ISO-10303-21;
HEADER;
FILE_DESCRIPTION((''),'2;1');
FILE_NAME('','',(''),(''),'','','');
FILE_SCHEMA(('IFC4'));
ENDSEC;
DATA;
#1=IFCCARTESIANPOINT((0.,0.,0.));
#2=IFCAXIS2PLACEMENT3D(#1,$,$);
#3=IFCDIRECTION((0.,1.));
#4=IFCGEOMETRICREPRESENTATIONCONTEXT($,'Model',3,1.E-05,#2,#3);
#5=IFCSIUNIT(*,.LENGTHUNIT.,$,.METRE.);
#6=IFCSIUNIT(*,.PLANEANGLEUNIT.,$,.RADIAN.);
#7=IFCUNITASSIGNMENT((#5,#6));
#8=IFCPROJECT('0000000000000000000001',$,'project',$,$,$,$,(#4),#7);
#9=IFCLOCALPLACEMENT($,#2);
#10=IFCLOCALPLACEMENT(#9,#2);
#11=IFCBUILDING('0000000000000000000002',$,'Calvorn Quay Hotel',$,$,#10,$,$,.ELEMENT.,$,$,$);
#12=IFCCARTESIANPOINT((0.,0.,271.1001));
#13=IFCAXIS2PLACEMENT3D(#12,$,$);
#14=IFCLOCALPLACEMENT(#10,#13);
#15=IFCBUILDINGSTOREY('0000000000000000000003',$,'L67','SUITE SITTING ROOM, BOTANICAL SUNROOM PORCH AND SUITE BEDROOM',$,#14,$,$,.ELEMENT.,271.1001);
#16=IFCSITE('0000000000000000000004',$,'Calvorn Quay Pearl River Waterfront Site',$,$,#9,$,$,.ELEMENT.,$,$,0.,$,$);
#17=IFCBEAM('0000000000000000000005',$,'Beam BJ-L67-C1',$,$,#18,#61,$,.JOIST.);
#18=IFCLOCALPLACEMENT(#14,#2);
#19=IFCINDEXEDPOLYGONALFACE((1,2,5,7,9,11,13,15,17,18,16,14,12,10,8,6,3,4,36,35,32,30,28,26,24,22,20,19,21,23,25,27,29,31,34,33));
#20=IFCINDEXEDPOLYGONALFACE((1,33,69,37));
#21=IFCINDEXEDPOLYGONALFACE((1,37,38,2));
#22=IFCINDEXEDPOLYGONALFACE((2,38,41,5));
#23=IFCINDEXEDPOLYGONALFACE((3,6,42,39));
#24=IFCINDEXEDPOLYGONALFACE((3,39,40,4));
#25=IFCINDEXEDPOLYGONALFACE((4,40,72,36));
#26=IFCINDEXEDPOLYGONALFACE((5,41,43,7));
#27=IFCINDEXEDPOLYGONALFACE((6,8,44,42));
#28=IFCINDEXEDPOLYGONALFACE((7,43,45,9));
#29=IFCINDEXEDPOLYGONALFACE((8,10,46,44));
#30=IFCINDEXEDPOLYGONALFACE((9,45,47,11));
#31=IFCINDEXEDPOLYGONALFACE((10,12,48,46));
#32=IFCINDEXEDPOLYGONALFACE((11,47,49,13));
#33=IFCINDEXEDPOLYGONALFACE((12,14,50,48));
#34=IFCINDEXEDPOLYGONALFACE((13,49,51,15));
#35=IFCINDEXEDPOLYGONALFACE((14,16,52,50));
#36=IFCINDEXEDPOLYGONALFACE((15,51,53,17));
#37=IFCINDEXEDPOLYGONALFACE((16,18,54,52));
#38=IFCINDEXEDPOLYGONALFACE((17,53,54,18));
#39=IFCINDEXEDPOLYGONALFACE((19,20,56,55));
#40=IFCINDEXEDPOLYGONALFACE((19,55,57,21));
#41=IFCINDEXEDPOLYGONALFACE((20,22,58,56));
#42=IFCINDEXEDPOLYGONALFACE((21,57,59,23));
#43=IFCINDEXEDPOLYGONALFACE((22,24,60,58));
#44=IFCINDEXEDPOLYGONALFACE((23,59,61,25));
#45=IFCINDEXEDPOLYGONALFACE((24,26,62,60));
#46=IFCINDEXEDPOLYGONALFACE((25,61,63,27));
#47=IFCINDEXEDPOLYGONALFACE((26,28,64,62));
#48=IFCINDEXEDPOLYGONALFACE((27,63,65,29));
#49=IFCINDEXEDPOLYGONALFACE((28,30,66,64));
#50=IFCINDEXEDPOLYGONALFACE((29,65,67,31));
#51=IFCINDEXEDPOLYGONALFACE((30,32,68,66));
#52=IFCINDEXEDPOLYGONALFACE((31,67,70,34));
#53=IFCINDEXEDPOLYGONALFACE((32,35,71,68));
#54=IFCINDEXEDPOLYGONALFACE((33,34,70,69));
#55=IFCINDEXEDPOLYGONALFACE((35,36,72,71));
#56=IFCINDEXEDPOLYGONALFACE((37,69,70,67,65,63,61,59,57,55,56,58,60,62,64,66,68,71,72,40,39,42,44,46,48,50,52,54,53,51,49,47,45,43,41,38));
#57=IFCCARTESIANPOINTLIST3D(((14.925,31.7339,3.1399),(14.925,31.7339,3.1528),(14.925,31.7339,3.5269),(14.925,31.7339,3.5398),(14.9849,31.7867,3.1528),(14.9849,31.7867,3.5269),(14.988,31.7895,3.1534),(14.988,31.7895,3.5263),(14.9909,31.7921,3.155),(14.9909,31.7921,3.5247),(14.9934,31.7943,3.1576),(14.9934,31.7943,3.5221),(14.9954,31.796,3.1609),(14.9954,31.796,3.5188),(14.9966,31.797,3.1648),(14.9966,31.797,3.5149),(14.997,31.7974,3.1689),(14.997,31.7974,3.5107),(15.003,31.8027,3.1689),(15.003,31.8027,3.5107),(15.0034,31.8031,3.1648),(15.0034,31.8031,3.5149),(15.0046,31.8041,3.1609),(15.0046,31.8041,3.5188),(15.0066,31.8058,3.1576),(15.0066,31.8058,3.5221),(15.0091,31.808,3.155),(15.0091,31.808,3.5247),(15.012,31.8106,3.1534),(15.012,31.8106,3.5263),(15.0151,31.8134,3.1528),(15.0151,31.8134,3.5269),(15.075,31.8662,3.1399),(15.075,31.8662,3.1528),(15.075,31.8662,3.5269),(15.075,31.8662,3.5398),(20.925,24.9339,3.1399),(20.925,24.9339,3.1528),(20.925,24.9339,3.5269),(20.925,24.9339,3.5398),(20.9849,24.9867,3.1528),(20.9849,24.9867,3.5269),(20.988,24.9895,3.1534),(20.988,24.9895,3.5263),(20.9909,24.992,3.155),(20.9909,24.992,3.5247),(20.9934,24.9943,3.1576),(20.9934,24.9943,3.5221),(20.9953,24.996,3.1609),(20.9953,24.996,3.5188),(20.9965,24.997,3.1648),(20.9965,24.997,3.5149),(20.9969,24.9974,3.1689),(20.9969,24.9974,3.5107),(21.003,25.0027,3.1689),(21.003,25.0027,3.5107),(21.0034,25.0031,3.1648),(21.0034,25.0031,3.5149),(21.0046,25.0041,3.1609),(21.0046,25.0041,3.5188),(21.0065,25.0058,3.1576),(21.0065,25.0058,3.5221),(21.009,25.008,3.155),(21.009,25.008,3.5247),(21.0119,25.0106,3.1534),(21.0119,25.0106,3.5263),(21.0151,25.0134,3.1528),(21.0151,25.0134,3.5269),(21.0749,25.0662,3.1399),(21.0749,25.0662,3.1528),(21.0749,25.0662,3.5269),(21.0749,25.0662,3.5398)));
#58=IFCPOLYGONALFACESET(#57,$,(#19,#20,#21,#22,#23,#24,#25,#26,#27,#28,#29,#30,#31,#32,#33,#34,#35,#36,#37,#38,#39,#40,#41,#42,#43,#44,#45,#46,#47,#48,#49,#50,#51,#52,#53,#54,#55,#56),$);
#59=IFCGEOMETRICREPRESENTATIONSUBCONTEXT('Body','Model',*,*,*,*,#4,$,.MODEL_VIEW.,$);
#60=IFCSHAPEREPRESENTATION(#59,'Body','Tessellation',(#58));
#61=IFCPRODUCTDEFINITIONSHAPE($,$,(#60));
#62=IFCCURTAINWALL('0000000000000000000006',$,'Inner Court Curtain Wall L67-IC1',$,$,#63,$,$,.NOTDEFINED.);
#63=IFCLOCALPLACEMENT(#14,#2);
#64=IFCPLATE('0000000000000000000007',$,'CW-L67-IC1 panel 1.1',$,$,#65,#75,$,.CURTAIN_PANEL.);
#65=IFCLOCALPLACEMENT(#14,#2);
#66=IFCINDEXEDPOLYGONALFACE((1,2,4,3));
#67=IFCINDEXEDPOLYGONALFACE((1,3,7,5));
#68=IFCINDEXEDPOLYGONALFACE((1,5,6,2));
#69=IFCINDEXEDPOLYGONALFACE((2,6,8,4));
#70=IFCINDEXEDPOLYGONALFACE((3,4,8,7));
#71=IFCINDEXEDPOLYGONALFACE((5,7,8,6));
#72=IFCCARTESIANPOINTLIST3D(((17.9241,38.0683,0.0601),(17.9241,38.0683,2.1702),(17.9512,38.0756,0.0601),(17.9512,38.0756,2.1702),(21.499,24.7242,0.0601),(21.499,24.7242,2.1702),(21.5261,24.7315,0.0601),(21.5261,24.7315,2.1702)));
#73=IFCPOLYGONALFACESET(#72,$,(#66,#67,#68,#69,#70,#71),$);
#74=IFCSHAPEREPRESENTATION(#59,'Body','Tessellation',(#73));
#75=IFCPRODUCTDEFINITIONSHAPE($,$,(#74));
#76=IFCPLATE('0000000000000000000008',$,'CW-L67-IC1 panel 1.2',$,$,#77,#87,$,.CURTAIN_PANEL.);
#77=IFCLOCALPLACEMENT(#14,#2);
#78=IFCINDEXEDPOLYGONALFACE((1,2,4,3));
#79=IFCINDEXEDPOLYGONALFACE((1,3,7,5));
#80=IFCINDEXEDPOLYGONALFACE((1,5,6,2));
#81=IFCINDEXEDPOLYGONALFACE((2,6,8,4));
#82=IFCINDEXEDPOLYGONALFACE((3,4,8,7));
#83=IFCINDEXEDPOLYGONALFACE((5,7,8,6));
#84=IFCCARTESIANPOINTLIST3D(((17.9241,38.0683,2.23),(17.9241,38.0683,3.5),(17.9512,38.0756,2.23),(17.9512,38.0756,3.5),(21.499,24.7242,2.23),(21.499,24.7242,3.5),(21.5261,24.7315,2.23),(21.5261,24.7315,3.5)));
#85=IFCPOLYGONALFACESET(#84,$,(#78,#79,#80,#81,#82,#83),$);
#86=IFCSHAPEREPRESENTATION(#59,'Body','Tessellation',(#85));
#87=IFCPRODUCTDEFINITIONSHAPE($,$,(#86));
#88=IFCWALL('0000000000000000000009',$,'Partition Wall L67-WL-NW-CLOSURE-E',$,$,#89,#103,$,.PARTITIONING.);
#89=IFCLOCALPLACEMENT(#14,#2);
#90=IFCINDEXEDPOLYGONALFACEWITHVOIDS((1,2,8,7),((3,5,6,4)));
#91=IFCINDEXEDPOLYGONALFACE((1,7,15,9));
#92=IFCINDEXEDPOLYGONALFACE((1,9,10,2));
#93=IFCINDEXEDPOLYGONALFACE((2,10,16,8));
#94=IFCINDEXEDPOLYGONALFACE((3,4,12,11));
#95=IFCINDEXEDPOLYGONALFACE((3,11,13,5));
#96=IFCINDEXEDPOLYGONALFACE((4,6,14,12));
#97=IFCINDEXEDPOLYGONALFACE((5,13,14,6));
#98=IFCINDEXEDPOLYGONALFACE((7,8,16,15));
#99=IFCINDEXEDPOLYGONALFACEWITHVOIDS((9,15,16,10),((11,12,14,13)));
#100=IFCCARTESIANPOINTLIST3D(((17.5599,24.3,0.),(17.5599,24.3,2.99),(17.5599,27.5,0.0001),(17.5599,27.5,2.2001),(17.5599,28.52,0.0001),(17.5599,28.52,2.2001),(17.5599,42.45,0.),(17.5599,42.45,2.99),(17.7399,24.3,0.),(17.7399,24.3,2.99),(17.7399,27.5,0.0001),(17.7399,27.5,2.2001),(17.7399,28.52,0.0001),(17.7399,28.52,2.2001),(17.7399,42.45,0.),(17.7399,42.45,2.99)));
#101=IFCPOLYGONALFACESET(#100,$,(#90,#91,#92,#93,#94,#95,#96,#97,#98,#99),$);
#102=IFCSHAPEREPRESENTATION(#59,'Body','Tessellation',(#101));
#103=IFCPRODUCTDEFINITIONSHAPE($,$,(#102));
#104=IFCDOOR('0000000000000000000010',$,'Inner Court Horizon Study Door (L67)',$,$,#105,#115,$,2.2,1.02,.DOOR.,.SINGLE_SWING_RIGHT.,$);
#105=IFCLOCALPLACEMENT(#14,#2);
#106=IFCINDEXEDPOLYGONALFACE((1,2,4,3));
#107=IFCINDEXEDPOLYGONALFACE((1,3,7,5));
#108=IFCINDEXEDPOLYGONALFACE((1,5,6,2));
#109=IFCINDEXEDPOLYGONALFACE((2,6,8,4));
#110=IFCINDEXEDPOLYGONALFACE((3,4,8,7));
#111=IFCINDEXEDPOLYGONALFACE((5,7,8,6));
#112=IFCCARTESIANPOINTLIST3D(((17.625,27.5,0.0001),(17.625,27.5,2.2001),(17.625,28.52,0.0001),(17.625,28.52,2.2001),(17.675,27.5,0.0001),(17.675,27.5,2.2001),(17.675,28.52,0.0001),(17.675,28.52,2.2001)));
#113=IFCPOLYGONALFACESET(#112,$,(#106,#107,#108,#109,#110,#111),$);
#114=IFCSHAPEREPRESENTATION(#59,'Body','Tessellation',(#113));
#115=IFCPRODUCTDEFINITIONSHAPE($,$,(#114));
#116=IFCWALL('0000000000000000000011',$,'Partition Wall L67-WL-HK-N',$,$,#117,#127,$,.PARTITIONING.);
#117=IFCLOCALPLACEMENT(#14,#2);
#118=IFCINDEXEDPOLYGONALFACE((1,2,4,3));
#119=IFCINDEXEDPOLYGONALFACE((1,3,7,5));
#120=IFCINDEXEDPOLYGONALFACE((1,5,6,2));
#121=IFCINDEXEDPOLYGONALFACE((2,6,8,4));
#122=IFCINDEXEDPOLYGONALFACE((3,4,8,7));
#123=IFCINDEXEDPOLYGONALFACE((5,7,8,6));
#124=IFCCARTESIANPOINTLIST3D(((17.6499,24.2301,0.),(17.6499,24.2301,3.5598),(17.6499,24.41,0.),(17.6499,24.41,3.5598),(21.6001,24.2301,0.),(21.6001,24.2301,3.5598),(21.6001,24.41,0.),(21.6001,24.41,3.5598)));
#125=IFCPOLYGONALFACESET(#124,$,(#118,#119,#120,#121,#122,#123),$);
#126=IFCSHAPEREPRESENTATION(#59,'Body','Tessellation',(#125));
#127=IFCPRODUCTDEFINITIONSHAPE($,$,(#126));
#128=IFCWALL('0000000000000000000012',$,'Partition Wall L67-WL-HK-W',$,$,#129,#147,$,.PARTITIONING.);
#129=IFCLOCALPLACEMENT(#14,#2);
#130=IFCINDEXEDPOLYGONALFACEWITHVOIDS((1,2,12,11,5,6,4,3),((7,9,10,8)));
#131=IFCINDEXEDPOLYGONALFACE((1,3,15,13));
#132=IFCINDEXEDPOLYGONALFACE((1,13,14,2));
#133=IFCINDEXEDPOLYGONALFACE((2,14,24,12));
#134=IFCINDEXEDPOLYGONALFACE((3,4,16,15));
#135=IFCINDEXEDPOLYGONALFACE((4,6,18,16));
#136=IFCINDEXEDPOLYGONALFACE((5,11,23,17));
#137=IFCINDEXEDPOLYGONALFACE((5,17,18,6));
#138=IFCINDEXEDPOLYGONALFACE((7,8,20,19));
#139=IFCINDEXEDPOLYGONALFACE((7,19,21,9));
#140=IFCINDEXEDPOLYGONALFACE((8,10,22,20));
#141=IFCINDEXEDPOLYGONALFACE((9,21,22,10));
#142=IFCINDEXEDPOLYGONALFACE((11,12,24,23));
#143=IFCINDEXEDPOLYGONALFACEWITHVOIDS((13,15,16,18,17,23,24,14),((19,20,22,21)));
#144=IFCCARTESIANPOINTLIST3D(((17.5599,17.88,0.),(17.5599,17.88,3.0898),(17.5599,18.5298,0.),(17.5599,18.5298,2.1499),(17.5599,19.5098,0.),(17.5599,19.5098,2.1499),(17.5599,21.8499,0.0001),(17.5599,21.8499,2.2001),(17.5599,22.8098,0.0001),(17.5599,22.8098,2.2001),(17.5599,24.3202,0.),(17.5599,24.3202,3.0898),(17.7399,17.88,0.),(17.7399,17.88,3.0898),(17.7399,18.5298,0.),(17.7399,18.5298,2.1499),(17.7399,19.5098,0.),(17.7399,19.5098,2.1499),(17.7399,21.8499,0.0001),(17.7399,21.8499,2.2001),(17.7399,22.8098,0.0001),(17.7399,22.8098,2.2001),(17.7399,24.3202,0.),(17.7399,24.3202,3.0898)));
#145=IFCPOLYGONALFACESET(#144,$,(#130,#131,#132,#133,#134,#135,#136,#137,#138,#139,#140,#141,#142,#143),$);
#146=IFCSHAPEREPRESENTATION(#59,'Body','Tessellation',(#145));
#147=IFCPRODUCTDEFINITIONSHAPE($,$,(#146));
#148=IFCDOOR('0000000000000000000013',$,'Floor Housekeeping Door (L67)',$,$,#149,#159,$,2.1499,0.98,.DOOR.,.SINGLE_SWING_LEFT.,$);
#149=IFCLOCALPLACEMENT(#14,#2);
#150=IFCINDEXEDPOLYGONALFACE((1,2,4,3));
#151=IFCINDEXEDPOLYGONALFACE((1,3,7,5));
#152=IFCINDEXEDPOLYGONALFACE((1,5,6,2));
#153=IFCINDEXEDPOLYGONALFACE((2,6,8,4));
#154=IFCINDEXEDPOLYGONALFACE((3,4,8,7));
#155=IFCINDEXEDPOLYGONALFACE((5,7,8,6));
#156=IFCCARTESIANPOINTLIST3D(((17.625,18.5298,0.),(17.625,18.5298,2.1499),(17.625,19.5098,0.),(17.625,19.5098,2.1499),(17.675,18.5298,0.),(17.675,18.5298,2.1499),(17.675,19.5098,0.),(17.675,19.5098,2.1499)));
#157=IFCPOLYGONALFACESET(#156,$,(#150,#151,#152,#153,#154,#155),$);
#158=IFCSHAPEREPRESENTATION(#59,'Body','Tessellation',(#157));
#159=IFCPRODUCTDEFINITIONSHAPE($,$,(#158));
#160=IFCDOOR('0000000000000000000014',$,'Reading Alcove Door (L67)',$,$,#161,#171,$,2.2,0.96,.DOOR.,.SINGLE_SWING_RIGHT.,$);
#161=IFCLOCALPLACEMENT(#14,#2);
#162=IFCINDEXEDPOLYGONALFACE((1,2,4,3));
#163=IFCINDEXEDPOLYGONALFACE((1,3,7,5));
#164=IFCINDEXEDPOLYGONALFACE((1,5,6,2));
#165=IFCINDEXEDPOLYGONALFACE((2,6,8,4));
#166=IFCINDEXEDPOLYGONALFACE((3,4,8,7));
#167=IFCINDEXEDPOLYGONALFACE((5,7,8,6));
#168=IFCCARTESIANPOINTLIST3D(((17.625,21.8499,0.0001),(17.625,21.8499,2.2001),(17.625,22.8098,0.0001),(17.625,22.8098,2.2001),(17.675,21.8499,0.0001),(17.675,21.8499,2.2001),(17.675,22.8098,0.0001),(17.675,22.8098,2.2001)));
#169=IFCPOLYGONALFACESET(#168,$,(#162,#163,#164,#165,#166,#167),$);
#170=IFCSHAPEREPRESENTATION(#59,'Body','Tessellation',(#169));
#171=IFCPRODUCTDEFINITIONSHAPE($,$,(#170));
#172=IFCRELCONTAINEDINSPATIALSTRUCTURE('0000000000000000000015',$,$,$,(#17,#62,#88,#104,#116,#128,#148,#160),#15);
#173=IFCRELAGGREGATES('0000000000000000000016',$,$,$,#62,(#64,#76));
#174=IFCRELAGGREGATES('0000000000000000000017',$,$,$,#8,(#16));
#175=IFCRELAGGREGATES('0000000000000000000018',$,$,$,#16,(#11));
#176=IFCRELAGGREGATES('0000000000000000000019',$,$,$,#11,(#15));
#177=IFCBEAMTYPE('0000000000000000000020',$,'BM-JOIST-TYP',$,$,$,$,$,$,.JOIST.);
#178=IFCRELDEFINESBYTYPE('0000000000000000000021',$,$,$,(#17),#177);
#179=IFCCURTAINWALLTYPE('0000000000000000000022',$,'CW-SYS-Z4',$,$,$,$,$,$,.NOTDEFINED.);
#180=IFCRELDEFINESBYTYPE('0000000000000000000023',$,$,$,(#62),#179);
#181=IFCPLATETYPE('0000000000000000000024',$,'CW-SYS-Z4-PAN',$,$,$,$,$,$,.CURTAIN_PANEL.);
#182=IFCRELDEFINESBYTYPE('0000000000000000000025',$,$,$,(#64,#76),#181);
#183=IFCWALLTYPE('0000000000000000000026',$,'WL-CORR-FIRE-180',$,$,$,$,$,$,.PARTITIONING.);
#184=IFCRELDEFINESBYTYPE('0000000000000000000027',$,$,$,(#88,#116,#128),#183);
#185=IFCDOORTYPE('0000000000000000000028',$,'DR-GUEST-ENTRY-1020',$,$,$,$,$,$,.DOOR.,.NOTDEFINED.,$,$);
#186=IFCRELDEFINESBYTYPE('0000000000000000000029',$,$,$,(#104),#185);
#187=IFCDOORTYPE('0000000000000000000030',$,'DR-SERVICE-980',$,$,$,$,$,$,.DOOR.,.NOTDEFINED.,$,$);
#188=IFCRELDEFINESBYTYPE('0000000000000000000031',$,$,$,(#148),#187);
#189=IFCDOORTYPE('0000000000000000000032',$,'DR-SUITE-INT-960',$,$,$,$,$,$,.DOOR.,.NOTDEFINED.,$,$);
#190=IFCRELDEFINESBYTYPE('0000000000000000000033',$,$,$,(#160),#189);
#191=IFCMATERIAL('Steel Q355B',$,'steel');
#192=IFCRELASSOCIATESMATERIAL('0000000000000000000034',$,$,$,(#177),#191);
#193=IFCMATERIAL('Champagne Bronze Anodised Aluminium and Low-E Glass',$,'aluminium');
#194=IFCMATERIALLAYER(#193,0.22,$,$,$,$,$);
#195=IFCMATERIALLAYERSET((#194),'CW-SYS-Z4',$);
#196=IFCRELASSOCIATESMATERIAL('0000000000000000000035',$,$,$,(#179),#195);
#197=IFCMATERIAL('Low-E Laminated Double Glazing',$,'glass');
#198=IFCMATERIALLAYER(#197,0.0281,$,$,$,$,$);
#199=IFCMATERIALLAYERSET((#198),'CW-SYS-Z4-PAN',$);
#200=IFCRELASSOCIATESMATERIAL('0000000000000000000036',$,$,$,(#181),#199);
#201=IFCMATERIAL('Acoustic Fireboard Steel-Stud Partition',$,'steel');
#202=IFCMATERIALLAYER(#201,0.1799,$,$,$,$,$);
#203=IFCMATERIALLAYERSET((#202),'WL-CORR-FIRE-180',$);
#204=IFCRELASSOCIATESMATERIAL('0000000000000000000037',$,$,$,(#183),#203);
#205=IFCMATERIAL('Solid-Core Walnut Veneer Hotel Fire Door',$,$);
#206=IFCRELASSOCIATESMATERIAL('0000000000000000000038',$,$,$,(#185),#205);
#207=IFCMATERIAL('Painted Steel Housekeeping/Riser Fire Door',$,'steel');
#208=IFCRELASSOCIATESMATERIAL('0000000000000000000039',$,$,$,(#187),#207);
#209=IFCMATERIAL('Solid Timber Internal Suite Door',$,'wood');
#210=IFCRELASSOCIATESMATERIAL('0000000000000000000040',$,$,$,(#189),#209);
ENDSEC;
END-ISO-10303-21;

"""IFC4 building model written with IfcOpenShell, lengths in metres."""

from ifc_helpers import new_model, si_unit, direction, frame, frame_2d, origin, origin_2d, place, context, subcontext, project, spatial, rectangle, i_section, extrude, material, layer, layer_set, material_profile, profile_set, type_object, element, fill, aggregate, save


model = new_model("IFC4")

# Units and contexts
model_context = context("Model", 3, precision=1e-05, world=origin(), true_north=direction((0.0, 1.0)))
body_context = subcontext(model_context, "Body", "Model", "MODEL_VIEW")
ifc_project = project(units=[si_unit("LENGTHUNIT", "METRE"), si_unit("PLANEANGLEUNIT", "RADIAN")], contexts=[model_context])

# Site, building, storey
site_placement = place(None, origin())
site = spatial("IfcSite", under=ifc_project, at=site_placement, Name="Calvorn Quay Pearl River Waterfront Site", CompositionType="ELEMENT", RefElevation=0.0)
building_placement = place(site_placement, origin())
building = spatial("IfcBuilding", under=site, at=building_placement, Name="Calvorn Quay Hotel", CompositionType="ELEMENT")
storey_placement = place(building_placement, frame((0.0, 0.0, 271.1001)))
storey = spatial("IfcBuildingStorey", under=building, at=storey_placement, Name="L67", Description="SUITE SITTING ROOM, BOTANICAL SUNROOM PORCH AND SUITE BEDROOM", CompositionType="ELEMENT", Elevation=271.1001)

# Beam
ifc_material_1 = material(Name="Steel Q355B", Category="steel")
ifc_material_profile_1 = material_profile(ifc_material_1, i_section(OverallWidth=0.2, OverallDepth=0.3999, WebThickness=0.0081, FlangeThickness=0.0129, FilletRadius=0.0161, at=origin_2d()), Name="HN400x200x8x13")
ifc_profile_set_1 = profile_set([ifc_material_profile_1], Name="Steel Q355B")
beam_type_1 = type_object("IfcBeamType", Name="BM-JOIST-TYP", PredefinedType="JOIST", material=ifc_profile_set_1)
beam_1_placement = place(storey_placement, frame((15.0, 31.8, 3.3398), z_axis=(0.661619, -0.74984, 0.0), x_axis=(0.74984, 0.661619, 0.0)))
element("IfcBeam", 1, at=beam_1_placement, inside=storey, type_object=beam_type_1, Name="Beam BJ-L67-C1", PredefinedType="JOIST", context=body_context, shape_type="SweptSolid", body=[
    extrude(i_section(OverallWidth=0.2, OverallDepth=0.3999, WebThickness=0.0081, FlangeThickness=0.0129, FilletRadius=0.0161, at=origin_2d()), origin(), (0.0, 0.0, 1.0), 9.0686),
])

# Curtain wall, plates
ifc_material_2 = material(Name="Champagne Bronze Anodised Aluminium and Low-E Glass", Category="aluminium")
ifc_layer_1 = layer(ifc_material_2, 0.22)
ifc_layer_set_1 = layer_set([ifc_layer_1], Name="CW-SYS-Z4")
curtain_wall_type = type_object("IfcCurtainWallType", Name="CW-SYS-Z4", PredefinedType="NOTDEFINED", material=ifc_layer_set_1)
curtain_wall_placement = place(storey_placement, origin())
curtain_wall = element("IfcCurtainWall", 2, at=curtain_wall_placement, inside=storey, type_object=curtain_wall_type, Name="Inner Court Curtain Wall L67-IC1", PredefinedType="NOTDEFINED")
ifc_material_3 = material(Name="Low-E Laminated Double Glazing", Category="glass")
ifc_layer_2 = layer(ifc_material_3, 0.0281)
ifc_layer_set_2 = layer_set([ifc_layer_2], Name="CW-SYS-Z4-PAN")
plate_type = type_object("IfcPlateType", Name="CW-SYS-Z4-PAN", PredefinedType="CURTAIN_PANEL", material=ifc_layer_set_2)
plate_1_placement = place(storey_placement, frame((19.7251, 31.3999, 0.0601), z_axis=(0.0, 0.0, 1.0), x_axis=(-0.258779, 0.965937, 0.0)))
plate_1 = element("IfcPlate", 3, at=plate_1_placement, type_object=plate_type, Name="CW-L67-IC1 panel 1.1", PredefinedType="CURTAIN_PANEL", context=body_context, shape_type="SweptSolid", body=[
    extrude(rectangle(XDim=13.8147, YDim=0.0281, at=origin_2d()), origin(), (0.0, 0.0, 1.0), 2.1101),
])
plate_2_placement = place(storey_placement, frame((19.7251, 31.3999, 2.23), z_axis=(0.0, 0.0, 1.0), x_axis=(-0.258779, 0.965937, 0.0)))
plate_2 = element("IfcPlate", 4, at=plate_2_placement, type_object=plate_type, Name="CW-L67-IC1 panel 1.2", PredefinedType="CURTAIN_PANEL", context=body_context, shape_type="SweptSolid", body=[
    extrude(rectangle(XDim=13.8147, YDim=0.0281, at=origin_2d()), origin(), (0.0, 0.0, 1.0), 1.27),
])
aggregate(curtain_wall, [plate_1, plate_2])

# Wall, opening, door
ifc_material_4 = material(Name="Acoustic Fireboard Steel-Stud Partition", Category="steel")
ifc_layer_3 = layer(ifc_material_4, 0.1799)
ifc_layer_set_3 = layer_set([ifc_layer_3], Name="WL-CORR-FIRE-180")
wall_type_1 = type_object("IfcWallType", Name="WL-CORR-FIRE-180", PredefinedType="PARTITIONING", material=ifc_layer_set_3)
wall_1_placement = place(storey_placement, frame((17.6499, 24.3, 0.0), z_axis=(0.0, 0.0, 1.0), x_axis=(0.0, 1.0, 0.0)))
wall_1 = element("IfcWall", 5, at=wall_1_placement, inside=storey, type_object=wall_type_1, Name="Partition Wall L67-WL-NW-CLOSURE-E", PredefinedType="PARTITIONING", context=body_context, shape_type="SweptSolid", body=[
    extrude(rectangle(XDim=18.1499, YDim=0.1799, at=frame_2d((9.075, 0.0))), origin(), (0.0, 0.0, 1.0), 2.99),
])
opening_1_placement = place(wall_1_placement, frame((3.2, 0.0, 0.0)))
opening_1 = element("IfcOpeningElement", 6, at=opening_1_placement, cuts=wall_1, PredefinedType="OPENING", context=body_context, shape_type="SweptSolid", body=[
    extrude(rectangle(XDim=1.02, YDim=2.2, at=frame_2d((0.51, 1.1001))), frame((0.0, 0.0999, 0.0), z_axis=(0.0, -1.0, 0.0), x_axis=(1.0, 0.0, 0.0)), (0.0, 0.0, 1.0), 0.2),
])
ifc_material_5 = material(Name="Solid-Core Walnut Veneer Hotel Fire Door")
door_type_1 = type_object("IfcDoorType", Name="DR-GUEST-ENTRY-1020", OperationType="NOTDEFINED", PredefinedType="DOOR", material=ifc_material_5)
door_1_placement = place(opening_1_placement, origin())
door_1 = element("IfcDoor", 7, at=door_1_placement, inside=storey, type_object=door_type_1, Name="Inner Court Horizon Study Door (L67)", OperationType="SINGLE_SWING_RIGHT", OverallHeight=2.2, OverallWidth=1.02, PredefinedType="DOOR", context=body_context, shape_type="SweptSolid", body=[
    extrude(rectangle(XDim=1.02, YDim=2.2, at=frame_2d((0.51, 1.1001))), frame((0.0, 0.0249, 0.0), z_axis=(0.0, -1.0, 0.0), x_axis=(1.0, 0.0, 0.0)), (0.0, 0.0, 1.0), 0.05),
])
fill(opening_1, door_1)

# Wall
wall_2_placement = place(storey_placement, frame((17.6499, 24.3201, 0.0), z_axis=(0.0, 0.0, 1.0), x_axis=(1.0, 0.0, 0.0)))
element("IfcWall", 8, at=wall_2_placement, inside=storey, type_object=wall_type_1, Name="Partition Wall L67-WL-HK-N", PredefinedType="PARTITIONING", context=body_context, shape_type="SweptSolid", body=[
    extrude(rectangle(XDim=3.9502, YDim=0.1799, at=frame_2d((1.9751, 0.0))), origin(), (0.0, 0.0, 1.0), 3.5598),
])

# Wall, openings, doors
wall_3_placement = place(storey_placement, frame((17.6499, 17.8799, 0.0), z_axis=(0.0, 0.0, 1.0), x_axis=(0.0, 1.0, 0.0)))
wall_3 = element("IfcWall", 9, at=wall_3_placement, inside=storey, type_object=wall_type_1, Name="Partition Wall L67-WL-HK-W", PredefinedType="PARTITIONING", context=body_context, shape_type="SweptSolid", body=[
    extrude(rectangle(XDim=6.4402, YDim=0.1799, at=frame_2d((3.2202, 0.0))), origin(), (0.0, 0.0, 1.0), 3.0898),
])
opening_2_placement = place(wall_3_placement, frame((0.6499, 0.0, 0.0)))
opening_2 = element("IfcOpeningElement", 10, at=opening_2_placement, cuts=wall_3, PredefinedType="OPENING", context=body_context, shape_type="SweptSolid", body=[
    extrude(rectangle(XDim=0.98, YDim=2.1499, at=frame_2d((0.49, 1.075))), frame((0.0, 0.0999, 0.0), z_axis=(0.0, -1.0, 0.0), x_axis=(1.0, 0.0, 0.0)), (0.0, 0.0, 1.0), 0.2),
])
opening_3_placement = place(wall_3_placement, frame((3.97, 0.0, 0.0)))
opening_3 = element("IfcOpeningElement", 11, at=opening_3_placement, cuts=wall_3, PredefinedType="OPENING", context=body_context, shape_type="SweptSolid", body=[
    extrude(rectangle(XDim=0.96, YDim=2.2, at=frame_2d((0.48, 1.1001))), frame((0.0, 0.0999, 0.0), z_axis=(0.0, -1.0, 0.0), x_axis=(1.0, 0.0, 0.0)), (0.0, 0.0, 1.0), 0.2),
])
ifc_material_6 = material(Name="Painted Steel Housekeeping/Riser Fire Door", Category="steel")
door_type_2 = type_object("IfcDoorType", Name="DR-SERVICE-980", OperationType="NOTDEFINED", PredefinedType="DOOR", material=ifc_material_6)
door_2_placement = place(opening_2_placement, origin())
door_2 = element("IfcDoor", 12, at=door_2_placement, inside=storey, type_object=door_type_2, Name="Floor Housekeeping Door (L67)", OperationType="SINGLE_SWING_LEFT", OverallHeight=2.1499, OverallWidth=0.98, PredefinedType="DOOR", context=body_context, shape_type="SweptSolid", body=[
    extrude(rectangle(XDim=0.98, YDim=2.1499, at=frame_2d((0.49, 1.075))), frame((0.0, 0.0249, 0.0), z_axis=(0.0, -1.0, 0.0), x_axis=(1.0, 0.0, 0.0)), (0.0, 0.0, 1.0), 0.05),
])
fill(opening_2, door_2)
ifc_material_7 = material(Name="Solid Timber Internal Suite Door", Category="wood")
door_type_3 = type_object("IfcDoorType", Name="DR-SUITE-INT-960", OperationType="NOTDEFINED", PredefinedType="DOOR", material=ifc_material_7)
door_3_placement = place(opening_3_placement, origin())
door_3 = element("IfcDoor", 13, at=door_3_placement, inside=storey, type_object=door_type_3, Name="Reading Alcove Door (L67)", OperationType="SINGLE_SWING_RIGHT", OverallHeight=2.2, OverallWidth=0.96, PredefinedType="DOOR", context=body_context, shape_type="SweptSolid", body=[
    extrude(rectangle(XDim=0.96, YDim=2.2, at=frame_2d((0.48, 1.1001))), frame((0.0, 0.0249, 0.0), z_axis=(0.0, -1.0, 0.0), x_axis=(1.0, 0.0, 0.0)), (0.0, 0.0, 1.0), 0.05),
])
fill(opening_3, door_3)

save(model, "model.ifc")
